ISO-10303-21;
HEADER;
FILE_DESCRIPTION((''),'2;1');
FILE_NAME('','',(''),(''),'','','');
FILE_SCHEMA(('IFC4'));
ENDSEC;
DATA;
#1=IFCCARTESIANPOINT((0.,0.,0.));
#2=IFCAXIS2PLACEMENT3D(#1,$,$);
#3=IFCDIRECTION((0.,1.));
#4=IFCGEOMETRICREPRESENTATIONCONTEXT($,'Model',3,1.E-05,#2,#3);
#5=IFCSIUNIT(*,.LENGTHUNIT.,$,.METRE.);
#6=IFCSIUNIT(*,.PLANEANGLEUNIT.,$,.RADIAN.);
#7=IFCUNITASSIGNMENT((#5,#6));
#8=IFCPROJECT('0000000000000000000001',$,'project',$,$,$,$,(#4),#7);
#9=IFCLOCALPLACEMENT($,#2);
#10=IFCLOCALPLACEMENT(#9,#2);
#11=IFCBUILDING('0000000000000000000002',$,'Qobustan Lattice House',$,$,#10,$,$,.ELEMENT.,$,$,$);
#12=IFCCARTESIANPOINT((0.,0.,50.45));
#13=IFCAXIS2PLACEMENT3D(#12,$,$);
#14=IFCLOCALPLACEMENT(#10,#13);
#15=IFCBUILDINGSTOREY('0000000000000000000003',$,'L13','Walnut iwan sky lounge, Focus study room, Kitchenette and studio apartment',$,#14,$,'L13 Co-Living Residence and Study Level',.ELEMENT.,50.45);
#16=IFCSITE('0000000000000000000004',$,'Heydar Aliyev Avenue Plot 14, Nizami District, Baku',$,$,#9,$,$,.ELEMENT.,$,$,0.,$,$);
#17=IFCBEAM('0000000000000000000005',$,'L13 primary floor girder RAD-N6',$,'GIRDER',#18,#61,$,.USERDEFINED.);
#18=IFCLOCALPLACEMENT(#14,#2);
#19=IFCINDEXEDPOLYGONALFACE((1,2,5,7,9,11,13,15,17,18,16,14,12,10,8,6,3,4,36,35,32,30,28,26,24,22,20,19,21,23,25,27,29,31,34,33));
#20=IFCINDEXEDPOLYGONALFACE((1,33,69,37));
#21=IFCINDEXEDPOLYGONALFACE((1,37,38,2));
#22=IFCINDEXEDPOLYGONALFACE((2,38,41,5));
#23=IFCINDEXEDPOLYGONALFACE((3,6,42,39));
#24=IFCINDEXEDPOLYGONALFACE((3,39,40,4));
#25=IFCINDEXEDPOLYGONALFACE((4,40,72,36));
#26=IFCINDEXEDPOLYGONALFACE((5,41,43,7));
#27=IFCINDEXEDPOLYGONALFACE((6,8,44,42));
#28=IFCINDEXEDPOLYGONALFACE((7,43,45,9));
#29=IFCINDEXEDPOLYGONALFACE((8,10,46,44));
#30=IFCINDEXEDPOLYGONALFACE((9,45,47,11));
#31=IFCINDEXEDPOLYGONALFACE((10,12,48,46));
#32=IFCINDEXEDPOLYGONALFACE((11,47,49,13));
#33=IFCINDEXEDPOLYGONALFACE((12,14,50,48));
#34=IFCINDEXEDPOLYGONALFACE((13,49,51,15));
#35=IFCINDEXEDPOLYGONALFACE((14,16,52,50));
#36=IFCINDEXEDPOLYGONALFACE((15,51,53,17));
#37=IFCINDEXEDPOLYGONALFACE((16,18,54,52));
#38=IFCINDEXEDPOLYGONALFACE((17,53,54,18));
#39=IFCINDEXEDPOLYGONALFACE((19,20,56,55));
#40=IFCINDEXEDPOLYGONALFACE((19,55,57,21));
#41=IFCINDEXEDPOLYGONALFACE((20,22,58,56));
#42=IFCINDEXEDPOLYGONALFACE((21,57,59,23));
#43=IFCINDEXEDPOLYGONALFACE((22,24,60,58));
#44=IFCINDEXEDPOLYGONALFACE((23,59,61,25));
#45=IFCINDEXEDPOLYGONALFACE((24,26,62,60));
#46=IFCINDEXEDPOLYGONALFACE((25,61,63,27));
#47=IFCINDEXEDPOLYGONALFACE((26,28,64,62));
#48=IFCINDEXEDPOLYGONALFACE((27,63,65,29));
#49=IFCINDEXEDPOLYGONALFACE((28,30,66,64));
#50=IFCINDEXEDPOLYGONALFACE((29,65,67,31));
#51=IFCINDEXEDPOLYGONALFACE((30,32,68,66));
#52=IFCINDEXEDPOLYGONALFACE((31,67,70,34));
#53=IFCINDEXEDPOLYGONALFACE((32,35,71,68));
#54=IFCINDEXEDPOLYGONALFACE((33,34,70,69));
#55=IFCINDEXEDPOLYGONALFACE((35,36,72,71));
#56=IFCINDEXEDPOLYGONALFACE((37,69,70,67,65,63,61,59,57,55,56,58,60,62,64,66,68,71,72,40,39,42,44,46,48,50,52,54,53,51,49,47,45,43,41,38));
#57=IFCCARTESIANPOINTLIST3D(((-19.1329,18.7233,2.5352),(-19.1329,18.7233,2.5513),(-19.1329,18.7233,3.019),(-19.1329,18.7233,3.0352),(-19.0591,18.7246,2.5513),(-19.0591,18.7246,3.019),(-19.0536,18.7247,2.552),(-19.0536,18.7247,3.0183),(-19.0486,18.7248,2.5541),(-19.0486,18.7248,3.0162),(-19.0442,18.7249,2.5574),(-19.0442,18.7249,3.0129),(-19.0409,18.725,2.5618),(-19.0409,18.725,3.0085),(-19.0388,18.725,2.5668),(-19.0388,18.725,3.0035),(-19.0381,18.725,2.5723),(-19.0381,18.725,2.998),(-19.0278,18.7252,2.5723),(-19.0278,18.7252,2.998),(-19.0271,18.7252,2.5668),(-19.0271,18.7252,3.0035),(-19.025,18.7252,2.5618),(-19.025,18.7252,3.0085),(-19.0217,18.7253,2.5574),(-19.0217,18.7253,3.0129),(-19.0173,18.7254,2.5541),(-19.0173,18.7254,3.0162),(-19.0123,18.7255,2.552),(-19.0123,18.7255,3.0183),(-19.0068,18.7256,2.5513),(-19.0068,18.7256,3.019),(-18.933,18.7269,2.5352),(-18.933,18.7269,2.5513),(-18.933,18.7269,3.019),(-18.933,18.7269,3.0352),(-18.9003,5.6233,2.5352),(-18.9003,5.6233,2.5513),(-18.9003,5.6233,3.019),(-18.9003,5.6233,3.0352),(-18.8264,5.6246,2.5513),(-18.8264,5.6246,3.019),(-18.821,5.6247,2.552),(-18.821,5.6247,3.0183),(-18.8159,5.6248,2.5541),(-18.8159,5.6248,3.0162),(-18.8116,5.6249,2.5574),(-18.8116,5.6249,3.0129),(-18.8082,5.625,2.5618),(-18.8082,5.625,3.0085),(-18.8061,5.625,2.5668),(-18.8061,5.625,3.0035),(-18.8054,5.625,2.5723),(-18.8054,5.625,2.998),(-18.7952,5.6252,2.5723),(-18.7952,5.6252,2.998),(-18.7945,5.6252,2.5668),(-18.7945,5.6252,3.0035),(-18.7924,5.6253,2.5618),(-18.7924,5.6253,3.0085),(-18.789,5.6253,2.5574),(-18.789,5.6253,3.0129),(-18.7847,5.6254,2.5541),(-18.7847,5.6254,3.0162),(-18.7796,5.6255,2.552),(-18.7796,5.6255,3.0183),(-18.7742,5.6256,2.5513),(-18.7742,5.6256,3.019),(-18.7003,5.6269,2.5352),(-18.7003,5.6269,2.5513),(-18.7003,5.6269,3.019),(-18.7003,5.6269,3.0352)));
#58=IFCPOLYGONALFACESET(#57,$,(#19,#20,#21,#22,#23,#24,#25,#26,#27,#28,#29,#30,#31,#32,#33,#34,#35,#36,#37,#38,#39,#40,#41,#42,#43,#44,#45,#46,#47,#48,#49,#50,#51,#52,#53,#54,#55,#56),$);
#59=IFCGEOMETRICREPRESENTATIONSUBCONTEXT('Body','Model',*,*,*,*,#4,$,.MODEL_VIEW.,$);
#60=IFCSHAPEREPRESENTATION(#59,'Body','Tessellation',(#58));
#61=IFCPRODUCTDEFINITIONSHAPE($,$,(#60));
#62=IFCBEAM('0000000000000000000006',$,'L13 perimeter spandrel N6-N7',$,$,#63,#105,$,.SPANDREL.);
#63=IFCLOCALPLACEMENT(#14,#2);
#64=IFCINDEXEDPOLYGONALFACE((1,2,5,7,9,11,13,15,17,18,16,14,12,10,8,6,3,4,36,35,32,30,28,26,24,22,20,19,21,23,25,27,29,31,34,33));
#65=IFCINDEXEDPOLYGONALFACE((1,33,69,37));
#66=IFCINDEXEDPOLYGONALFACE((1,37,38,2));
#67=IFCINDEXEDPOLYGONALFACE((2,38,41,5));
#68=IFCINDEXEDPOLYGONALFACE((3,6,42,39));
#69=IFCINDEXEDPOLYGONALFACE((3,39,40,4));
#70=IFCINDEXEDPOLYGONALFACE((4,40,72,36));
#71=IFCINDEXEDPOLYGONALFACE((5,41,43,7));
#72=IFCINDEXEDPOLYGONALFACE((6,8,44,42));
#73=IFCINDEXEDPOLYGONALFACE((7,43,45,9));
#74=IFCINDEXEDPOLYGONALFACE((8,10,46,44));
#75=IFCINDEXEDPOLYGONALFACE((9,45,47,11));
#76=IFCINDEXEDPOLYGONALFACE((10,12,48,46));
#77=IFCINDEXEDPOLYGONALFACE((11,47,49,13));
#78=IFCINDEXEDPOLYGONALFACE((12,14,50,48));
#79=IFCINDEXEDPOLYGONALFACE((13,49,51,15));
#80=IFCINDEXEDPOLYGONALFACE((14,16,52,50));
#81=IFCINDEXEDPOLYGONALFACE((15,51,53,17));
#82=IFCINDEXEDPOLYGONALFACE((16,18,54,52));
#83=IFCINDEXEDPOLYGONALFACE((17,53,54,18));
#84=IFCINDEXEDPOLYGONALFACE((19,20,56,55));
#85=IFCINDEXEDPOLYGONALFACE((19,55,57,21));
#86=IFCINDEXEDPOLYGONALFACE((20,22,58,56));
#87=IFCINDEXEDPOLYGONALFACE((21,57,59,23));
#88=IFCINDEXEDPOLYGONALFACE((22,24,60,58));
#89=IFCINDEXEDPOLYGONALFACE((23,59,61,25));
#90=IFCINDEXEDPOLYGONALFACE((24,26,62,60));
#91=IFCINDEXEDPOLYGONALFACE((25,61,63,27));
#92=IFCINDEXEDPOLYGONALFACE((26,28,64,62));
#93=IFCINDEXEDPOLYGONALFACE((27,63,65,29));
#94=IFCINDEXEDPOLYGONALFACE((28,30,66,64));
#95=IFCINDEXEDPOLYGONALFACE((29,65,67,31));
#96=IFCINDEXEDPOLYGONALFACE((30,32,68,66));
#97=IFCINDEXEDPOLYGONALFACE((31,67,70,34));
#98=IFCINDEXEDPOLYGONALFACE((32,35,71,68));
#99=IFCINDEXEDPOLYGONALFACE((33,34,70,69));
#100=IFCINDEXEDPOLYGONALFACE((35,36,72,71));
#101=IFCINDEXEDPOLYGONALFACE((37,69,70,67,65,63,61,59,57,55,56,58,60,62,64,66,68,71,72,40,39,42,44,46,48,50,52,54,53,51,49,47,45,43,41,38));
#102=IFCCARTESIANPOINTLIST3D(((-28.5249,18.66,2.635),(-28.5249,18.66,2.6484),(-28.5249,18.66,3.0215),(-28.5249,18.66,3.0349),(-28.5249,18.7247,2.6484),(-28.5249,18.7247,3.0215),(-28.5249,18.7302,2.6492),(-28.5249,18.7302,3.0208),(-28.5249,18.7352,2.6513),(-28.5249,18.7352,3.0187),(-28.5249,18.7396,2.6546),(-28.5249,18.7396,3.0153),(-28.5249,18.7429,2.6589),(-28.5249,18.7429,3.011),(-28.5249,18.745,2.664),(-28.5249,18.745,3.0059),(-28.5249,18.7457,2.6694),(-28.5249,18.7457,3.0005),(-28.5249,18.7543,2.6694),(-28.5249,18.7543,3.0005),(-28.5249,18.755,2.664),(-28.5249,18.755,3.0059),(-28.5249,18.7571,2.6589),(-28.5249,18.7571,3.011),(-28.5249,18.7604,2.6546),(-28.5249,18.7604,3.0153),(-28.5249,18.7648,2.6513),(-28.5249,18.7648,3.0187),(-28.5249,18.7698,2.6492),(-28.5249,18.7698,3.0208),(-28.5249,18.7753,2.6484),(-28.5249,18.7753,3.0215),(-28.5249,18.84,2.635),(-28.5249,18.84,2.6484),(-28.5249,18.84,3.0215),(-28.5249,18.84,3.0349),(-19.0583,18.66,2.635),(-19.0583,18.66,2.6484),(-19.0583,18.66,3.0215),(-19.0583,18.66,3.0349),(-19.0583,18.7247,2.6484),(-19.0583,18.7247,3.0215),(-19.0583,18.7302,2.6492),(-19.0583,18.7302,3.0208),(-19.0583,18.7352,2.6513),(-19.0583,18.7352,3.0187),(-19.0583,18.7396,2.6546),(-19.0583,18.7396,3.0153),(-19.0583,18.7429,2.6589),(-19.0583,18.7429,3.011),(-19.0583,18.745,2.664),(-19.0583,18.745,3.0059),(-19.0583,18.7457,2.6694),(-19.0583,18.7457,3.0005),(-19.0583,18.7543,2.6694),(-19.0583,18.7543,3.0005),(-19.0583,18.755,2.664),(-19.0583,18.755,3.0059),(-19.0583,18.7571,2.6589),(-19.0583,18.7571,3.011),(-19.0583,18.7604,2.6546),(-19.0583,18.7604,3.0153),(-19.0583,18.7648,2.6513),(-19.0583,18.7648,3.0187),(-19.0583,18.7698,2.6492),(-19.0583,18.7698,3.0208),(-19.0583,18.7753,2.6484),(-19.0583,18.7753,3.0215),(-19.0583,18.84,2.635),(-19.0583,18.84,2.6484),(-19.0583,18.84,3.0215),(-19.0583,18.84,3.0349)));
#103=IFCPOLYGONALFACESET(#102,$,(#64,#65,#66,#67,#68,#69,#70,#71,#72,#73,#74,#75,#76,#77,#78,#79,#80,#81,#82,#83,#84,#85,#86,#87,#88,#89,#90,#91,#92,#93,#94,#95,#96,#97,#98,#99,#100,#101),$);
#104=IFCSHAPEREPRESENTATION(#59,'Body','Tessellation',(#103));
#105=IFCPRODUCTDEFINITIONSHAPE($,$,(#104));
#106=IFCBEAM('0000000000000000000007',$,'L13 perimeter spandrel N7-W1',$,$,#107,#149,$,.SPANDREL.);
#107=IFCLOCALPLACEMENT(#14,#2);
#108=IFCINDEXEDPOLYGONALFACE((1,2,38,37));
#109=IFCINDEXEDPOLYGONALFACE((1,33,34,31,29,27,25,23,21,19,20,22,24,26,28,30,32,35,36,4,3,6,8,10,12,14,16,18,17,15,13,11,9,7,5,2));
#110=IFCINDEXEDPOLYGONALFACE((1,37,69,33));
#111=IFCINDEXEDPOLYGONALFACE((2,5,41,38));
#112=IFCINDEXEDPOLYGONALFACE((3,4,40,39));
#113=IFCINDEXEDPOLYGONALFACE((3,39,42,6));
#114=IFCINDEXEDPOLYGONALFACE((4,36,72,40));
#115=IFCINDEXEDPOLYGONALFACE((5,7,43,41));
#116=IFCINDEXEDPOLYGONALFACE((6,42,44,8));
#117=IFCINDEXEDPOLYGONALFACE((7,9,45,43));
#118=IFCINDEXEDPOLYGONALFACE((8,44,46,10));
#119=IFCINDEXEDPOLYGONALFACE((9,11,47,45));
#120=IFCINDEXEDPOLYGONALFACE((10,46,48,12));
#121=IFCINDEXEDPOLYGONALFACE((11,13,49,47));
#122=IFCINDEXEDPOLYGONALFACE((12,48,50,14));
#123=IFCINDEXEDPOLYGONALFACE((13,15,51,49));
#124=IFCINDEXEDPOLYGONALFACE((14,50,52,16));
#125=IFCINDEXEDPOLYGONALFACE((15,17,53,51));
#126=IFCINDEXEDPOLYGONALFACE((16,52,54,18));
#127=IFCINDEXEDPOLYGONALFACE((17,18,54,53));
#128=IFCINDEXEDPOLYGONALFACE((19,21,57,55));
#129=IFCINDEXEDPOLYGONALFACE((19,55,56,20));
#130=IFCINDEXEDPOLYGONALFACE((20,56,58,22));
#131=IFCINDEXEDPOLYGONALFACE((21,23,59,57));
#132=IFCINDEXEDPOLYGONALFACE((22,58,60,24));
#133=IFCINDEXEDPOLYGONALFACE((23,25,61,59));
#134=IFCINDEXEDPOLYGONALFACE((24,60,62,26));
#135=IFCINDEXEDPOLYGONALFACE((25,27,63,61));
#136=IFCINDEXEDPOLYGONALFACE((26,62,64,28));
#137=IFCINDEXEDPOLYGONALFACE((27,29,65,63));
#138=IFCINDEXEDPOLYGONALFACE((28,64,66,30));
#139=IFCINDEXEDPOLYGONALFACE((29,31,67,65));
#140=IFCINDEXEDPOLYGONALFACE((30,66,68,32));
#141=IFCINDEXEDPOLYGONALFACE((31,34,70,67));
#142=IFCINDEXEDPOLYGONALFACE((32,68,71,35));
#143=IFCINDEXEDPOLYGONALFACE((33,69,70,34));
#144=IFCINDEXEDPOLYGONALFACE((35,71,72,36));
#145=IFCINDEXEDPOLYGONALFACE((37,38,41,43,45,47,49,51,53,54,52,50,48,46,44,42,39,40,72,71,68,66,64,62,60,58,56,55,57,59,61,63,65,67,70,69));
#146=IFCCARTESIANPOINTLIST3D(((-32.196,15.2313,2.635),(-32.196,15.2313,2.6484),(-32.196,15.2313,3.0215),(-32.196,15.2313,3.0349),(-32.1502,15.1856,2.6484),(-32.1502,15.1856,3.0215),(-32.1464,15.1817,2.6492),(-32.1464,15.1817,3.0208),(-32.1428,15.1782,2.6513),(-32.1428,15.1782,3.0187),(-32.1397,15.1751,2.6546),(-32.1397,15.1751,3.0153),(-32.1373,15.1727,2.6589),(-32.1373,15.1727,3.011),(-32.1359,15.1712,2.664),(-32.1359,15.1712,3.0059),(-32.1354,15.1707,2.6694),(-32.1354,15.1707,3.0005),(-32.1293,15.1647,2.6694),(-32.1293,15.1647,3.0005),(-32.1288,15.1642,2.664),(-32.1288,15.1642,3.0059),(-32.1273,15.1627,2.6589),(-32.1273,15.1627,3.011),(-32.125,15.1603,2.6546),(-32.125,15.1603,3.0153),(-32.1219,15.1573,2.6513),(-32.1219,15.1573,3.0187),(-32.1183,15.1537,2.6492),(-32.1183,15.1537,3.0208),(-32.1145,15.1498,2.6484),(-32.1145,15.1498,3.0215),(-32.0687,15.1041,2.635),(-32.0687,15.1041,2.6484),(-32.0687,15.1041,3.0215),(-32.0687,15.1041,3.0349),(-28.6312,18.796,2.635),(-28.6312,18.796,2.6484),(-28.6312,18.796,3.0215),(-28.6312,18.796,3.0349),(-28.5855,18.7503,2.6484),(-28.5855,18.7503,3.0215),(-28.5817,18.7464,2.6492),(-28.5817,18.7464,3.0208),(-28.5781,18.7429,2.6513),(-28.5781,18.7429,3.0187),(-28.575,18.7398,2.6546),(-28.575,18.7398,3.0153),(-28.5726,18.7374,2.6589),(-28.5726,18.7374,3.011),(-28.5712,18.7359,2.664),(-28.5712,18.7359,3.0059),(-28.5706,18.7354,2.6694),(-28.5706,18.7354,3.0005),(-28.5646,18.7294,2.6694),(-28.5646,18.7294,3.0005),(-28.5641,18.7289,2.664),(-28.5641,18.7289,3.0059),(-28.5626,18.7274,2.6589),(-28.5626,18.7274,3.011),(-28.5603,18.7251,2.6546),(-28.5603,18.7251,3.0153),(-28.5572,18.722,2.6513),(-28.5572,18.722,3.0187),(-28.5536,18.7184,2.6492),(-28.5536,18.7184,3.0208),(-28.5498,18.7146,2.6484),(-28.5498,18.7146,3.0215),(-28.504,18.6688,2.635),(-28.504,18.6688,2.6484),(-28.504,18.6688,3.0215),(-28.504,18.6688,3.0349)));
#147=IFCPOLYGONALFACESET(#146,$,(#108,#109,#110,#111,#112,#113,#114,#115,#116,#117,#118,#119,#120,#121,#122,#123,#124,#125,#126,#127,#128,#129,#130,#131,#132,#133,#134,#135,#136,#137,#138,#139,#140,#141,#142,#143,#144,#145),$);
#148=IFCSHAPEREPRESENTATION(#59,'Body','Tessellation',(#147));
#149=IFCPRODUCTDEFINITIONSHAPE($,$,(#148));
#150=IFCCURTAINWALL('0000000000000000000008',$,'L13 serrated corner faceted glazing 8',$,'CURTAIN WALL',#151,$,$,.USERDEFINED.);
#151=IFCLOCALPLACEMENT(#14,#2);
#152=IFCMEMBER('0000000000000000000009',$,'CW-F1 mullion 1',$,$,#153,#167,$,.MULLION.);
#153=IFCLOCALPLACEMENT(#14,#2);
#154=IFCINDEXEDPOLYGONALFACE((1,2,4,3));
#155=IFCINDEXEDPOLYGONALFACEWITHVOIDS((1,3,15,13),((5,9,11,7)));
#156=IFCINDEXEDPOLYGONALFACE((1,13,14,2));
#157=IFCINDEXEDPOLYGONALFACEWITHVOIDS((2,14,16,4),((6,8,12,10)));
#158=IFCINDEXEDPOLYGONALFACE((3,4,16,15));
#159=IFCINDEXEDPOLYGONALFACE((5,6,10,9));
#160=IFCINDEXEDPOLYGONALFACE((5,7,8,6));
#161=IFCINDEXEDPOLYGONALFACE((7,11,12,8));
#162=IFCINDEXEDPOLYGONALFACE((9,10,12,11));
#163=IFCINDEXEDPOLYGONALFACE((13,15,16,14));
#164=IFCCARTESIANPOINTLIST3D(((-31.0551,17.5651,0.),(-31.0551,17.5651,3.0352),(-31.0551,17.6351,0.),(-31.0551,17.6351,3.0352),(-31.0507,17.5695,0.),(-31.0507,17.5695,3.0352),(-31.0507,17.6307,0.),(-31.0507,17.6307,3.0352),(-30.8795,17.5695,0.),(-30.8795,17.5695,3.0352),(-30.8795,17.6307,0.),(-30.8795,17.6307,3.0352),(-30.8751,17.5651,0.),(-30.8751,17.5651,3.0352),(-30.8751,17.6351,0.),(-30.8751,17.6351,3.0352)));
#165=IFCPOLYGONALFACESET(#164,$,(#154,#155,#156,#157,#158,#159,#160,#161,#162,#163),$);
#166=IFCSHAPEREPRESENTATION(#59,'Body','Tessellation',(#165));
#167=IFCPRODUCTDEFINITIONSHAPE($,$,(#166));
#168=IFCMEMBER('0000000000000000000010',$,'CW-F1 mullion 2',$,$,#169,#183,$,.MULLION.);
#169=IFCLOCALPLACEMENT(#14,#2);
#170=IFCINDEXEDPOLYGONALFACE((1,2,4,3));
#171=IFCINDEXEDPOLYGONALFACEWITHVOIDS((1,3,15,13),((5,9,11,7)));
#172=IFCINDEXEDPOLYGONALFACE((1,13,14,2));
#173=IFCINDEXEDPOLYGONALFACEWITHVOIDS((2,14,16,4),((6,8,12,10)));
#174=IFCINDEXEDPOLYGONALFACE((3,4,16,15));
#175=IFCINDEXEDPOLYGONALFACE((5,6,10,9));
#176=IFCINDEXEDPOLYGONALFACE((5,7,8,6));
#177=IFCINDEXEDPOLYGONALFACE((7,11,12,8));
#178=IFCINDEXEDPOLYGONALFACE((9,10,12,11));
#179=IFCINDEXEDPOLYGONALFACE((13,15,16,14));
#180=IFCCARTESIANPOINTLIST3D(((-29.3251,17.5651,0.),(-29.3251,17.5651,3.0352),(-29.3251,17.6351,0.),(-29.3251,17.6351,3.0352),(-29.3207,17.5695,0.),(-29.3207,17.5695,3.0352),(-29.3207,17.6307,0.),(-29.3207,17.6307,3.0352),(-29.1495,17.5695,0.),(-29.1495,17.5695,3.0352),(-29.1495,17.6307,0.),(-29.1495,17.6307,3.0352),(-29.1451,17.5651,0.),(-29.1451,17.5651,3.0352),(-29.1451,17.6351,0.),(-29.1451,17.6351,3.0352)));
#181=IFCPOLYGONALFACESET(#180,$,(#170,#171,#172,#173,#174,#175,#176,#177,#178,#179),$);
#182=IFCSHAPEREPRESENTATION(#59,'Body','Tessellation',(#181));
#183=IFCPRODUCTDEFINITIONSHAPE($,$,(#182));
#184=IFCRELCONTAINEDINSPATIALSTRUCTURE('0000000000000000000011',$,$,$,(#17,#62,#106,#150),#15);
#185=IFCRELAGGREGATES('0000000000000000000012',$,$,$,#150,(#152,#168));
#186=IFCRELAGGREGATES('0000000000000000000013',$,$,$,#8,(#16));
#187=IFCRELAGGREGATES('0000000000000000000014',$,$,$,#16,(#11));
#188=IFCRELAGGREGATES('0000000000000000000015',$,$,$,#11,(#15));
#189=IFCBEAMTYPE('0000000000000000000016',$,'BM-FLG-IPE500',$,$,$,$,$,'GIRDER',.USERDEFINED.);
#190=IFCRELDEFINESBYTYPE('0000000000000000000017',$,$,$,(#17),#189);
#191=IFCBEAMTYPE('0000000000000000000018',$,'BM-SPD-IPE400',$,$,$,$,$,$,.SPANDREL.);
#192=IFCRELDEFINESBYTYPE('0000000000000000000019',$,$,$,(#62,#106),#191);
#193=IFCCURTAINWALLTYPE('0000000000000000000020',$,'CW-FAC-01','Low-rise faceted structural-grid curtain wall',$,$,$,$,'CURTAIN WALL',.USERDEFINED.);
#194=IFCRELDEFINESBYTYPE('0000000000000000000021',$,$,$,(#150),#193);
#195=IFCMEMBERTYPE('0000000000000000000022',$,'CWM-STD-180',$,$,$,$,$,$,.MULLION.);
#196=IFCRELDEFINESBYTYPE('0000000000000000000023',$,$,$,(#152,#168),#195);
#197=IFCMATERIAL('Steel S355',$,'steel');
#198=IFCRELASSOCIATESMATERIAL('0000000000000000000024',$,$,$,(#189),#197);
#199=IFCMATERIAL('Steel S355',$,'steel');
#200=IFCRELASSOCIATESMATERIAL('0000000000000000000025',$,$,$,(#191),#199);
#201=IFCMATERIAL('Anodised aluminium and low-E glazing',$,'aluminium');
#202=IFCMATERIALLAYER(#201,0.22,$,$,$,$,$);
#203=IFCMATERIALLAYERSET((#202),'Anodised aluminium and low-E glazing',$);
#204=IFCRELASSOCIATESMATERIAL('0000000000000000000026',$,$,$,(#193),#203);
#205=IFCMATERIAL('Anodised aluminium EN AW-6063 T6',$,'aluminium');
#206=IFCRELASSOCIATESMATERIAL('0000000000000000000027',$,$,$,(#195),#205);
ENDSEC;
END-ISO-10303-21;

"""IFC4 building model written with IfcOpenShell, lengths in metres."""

from ifc_helpers import new_model, si_unit, direction, frame, origin, origin_2d, place, context, subcontext, project, spatial, hollow_rectangle, i_section, extrude, material, layer, layer_set, material_profile, profile_set, type_object, element, aggregate, save


model = new_model("IFC4")

# Units and contexts
model_context = context("Model", 3, precision=1e-05, world=origin(), true_north=direction((0.0, 1.0)))
body_context = subcontext(model_context, "Body", "Model", "MODEL_VIEW")
ifc_project = project(units=[si_unit("LENGTHUNIT", "METRE"), si_unit("PLANEANGLEUNIT", "RADIAN")], contexts=[model_context])

# Site, building, storey
site_placement = place(None, origin())
site = spatial("IfcSite", under=ifc_project, at=site_placement, Name="Heydar Aliyev Avenue Plot 14, Nizami District, Baku", CompositionType="ELEMENT", RefElevation=0.0)
building_placement = place(site_placement, origin())
building = spatial("IfcBuilding", under=site, at=building_placement, Name="Qobustan Lattice House", CompositionType="ELEMENT")
storey_placement = place(building_placement, frame((0.0, 0.0, 50.45)))
storey = spatial("IfcBuildingStorey", under=building, at=storey_placement, Name="L13", Description="Walnut iwan sky lounge, Focus study room, Kitchenette and studio apartment", LongName="L13 Co-Living Residence and Study Level", CompositionType="ELEMENT", Elevation=50.45)

# Beams
ifc_material_1 = material(Name="Steel S355", Category="steel")
ifc_material_profile_1 = material_profile(ifc_material_1, i_section(OverallWidth=0.2, OverallDepth=0.5, WebThickness=0.0103, FlangeThickness=0.0161, FilletRadius=0.021, at=origin_2d()), Name="IPE500")
ifc_profile_set_1 = profile_set([ifc_material_profile_1], Name="Steel S355")
beam_type_1 = type_object("IfcBeamType", Name="BM-FLG-IPE500", ElementType="GIRDER", PredefinedType="USERDEFINED", material=ifc_profile_set_1)
beam_1_placement = place(storey_placement, frame((-19.033, 18.7251, 2.7852), z_axis=(0.017758, -0.999842, 0.0), x_axis=(0.999842, 0.017758, 0.0)))
element("IfcBeam", 1, at=beam_1_placement, inside=storey, type_object=beam_type_1, Name="L13 primary floor girder RAD-N6", ObjectType="GIRDER", PredefinedType="USERDEFINED", context=body_context, shape_type="SweptSolid", body=[
    extrude(i_section(OverallWidth=0.2, OverallDepth=0.5, WebThickness=0.0103, FlangeThickness=0.0161, FilletRadius=0.021, at=origin_2d()), origin(), (0.0, 0.0, 1.0), 13.1021),
])
ifc_material_2 = material(Name="Steel S355", Category="steel")
ifc_material_profile_2 = material_profile(ifc_material_2, i_section(OverallWidth=0.1799, OverallDepth=0.3999, WebThickness=0.0085, FlangeThickness=0.0134, FilletRadius=0.021, at=origin_2d()), Name="IPE400")
ifc_profile_set_2 = profile_set([ifc_material_profile_2], Name="Steel S355")
beam_type_2 = type_object("IfcBeamType", Name="BM-SPD-IPE400", PredefinedType="SPANDREL", material=ifc_profile_set_2)
beam_2_placement = place(storey_placement, frame((-19.0583, 18.75, 2.835), z_axis=(-1.0, 0.0, 0.0), x_axis=(0.0, -1.0, 0.0)))
element("IfcBeam", 2, at=beam_2_placement, inside=storey, type_object=beam_type_2, Name="L13 perimeter spandrel N6-N7", PredefinedType="SPANDREL", context=body_context, shape_type="SweptSolid", body=[
    extrude(i_section(OverallWidth=0.1799, OverallDepth=0.3999, WebThickness=0.0085, FlangeThickness=0.0134, FilletRadius=0.021, at=origin_2d()), origin(), (0.0, 0.0, 1.0), 9.4666),
])
beam_3_placement = place(storey_placement, frame((-28.5676, 18.7324, 2.835), z_axis=(-0.707107, -0.707107, 0.0), x_axis=(0.707107, -0.707107, 0.0)))
element("IfcBeam", 3, at=beam_3_placement, inside=storey, type_object=beam_type_2, Name="L13 perimeter spandrel N7-W1", PredefinedType="SPANDREL", context=body_context, shape_type="SweptSolid", body=[
    extrude(i_section(OverallWidth=0.1799, OverallDepth=0.3999, WebThickness=0.0085, FlangeThickness=0.0134, FilletRadius=0.021, at=origin_2d()), origin(), (0.0, 0.0, 1.0), 5.0413),
])

# Curtain wall, members
ifc_material_3 = material(Name="Anodised aluminium and low-E glazing", Category="aluminium")
ifc_layer_1 = layer(ifc_material_3, 0.22)
ifc_layer_set_1 = layer_set([ifc_layer_1], Name="Anodised aluminium and low-E glazing")
curtain_wall_type = type_object("IfcCurtainWallType", Name="CW-FAC-01", Description="Low-rise faceted structural-grid curtain wall", ElementType="CURTAIN WALL", PredefinedType="USERDEFINED", material=ifc_layer_set_1)
curtain_wall_placement = place(storey_placement, origin())
curtain_wall = element("IfcCurtainWall", 4, at=curtain_wall_placement, inside=storey, type_object=curtain_wall_type, Name="L13 serrated corner faceted glazing 8", ObjectType="CURTAIN WALL", PredefinedType="USERDEFINED")
ifc_material_4 = material(Name="Anodised aluminium EN AW-6063 T6", Category="aluminium")
ifc_material_profile_3 = material_profile(ifc_material_4, hollow_rectangle(XDim=0.0701, YDim=0.1799, WallThickness=0.0044, at=origin_2d()), Name="CWM-180x70")
ifc_profile_set_3 = profile_set([ifc_material_profile_3], Name="Anodised aluminium EN AW-6063 T6")
member_type_1 = type_object("IfcMemberType", Name="CWM-STD-180", PredefinedType="MULLION", material=ifc_profile_set_3)
member_1_placement = place(storey_placement, frame((-30.9651, 17.6001, 0.0), z_axis=(0.0, 0.0, 1.0), x_axis=(0.0, 1.0, 0.0)))
member_1 = element("IfcMember", 5, at=member_1_placement, type_object=member_type_1, Name="CW-F1 mullion 1", PredefinedType="MULLION", context=body_context, shape_type="SweptSolid", body=[
    extrude(hollow_rectangle(XDim=0.0701, YDim=0.1799, WallThickness=0.0044, at=origin_2d()), origin(), (0.0, 0.0, 1.0), 3.0352),
])
member_2_placement = place(storey_placement, frame((-29.2351, 17.6001, 0.0), z_axis=(0.0, 0.0, 1.0), x_axis=(0.0, 1.0, 0.0)))
member_2 = element("IfcMember", 6, at=member_2_placement, type_object=member_type_1, Name="CW-F1 mullion 2", PredefinedType="MULLION", context=body_context, shape_type="SweptSolid", body=[
    extrude(hollow_rectangle(XDim=0.0701, YDim=0.1799, WallThickness=0.0044, at=origin_2d()), origin(), (0.0, 0.0, 1.0), 3.0352),
])
aggregate(curtain_wall, [member_1, member_2])

save(model, "model.ifc")
